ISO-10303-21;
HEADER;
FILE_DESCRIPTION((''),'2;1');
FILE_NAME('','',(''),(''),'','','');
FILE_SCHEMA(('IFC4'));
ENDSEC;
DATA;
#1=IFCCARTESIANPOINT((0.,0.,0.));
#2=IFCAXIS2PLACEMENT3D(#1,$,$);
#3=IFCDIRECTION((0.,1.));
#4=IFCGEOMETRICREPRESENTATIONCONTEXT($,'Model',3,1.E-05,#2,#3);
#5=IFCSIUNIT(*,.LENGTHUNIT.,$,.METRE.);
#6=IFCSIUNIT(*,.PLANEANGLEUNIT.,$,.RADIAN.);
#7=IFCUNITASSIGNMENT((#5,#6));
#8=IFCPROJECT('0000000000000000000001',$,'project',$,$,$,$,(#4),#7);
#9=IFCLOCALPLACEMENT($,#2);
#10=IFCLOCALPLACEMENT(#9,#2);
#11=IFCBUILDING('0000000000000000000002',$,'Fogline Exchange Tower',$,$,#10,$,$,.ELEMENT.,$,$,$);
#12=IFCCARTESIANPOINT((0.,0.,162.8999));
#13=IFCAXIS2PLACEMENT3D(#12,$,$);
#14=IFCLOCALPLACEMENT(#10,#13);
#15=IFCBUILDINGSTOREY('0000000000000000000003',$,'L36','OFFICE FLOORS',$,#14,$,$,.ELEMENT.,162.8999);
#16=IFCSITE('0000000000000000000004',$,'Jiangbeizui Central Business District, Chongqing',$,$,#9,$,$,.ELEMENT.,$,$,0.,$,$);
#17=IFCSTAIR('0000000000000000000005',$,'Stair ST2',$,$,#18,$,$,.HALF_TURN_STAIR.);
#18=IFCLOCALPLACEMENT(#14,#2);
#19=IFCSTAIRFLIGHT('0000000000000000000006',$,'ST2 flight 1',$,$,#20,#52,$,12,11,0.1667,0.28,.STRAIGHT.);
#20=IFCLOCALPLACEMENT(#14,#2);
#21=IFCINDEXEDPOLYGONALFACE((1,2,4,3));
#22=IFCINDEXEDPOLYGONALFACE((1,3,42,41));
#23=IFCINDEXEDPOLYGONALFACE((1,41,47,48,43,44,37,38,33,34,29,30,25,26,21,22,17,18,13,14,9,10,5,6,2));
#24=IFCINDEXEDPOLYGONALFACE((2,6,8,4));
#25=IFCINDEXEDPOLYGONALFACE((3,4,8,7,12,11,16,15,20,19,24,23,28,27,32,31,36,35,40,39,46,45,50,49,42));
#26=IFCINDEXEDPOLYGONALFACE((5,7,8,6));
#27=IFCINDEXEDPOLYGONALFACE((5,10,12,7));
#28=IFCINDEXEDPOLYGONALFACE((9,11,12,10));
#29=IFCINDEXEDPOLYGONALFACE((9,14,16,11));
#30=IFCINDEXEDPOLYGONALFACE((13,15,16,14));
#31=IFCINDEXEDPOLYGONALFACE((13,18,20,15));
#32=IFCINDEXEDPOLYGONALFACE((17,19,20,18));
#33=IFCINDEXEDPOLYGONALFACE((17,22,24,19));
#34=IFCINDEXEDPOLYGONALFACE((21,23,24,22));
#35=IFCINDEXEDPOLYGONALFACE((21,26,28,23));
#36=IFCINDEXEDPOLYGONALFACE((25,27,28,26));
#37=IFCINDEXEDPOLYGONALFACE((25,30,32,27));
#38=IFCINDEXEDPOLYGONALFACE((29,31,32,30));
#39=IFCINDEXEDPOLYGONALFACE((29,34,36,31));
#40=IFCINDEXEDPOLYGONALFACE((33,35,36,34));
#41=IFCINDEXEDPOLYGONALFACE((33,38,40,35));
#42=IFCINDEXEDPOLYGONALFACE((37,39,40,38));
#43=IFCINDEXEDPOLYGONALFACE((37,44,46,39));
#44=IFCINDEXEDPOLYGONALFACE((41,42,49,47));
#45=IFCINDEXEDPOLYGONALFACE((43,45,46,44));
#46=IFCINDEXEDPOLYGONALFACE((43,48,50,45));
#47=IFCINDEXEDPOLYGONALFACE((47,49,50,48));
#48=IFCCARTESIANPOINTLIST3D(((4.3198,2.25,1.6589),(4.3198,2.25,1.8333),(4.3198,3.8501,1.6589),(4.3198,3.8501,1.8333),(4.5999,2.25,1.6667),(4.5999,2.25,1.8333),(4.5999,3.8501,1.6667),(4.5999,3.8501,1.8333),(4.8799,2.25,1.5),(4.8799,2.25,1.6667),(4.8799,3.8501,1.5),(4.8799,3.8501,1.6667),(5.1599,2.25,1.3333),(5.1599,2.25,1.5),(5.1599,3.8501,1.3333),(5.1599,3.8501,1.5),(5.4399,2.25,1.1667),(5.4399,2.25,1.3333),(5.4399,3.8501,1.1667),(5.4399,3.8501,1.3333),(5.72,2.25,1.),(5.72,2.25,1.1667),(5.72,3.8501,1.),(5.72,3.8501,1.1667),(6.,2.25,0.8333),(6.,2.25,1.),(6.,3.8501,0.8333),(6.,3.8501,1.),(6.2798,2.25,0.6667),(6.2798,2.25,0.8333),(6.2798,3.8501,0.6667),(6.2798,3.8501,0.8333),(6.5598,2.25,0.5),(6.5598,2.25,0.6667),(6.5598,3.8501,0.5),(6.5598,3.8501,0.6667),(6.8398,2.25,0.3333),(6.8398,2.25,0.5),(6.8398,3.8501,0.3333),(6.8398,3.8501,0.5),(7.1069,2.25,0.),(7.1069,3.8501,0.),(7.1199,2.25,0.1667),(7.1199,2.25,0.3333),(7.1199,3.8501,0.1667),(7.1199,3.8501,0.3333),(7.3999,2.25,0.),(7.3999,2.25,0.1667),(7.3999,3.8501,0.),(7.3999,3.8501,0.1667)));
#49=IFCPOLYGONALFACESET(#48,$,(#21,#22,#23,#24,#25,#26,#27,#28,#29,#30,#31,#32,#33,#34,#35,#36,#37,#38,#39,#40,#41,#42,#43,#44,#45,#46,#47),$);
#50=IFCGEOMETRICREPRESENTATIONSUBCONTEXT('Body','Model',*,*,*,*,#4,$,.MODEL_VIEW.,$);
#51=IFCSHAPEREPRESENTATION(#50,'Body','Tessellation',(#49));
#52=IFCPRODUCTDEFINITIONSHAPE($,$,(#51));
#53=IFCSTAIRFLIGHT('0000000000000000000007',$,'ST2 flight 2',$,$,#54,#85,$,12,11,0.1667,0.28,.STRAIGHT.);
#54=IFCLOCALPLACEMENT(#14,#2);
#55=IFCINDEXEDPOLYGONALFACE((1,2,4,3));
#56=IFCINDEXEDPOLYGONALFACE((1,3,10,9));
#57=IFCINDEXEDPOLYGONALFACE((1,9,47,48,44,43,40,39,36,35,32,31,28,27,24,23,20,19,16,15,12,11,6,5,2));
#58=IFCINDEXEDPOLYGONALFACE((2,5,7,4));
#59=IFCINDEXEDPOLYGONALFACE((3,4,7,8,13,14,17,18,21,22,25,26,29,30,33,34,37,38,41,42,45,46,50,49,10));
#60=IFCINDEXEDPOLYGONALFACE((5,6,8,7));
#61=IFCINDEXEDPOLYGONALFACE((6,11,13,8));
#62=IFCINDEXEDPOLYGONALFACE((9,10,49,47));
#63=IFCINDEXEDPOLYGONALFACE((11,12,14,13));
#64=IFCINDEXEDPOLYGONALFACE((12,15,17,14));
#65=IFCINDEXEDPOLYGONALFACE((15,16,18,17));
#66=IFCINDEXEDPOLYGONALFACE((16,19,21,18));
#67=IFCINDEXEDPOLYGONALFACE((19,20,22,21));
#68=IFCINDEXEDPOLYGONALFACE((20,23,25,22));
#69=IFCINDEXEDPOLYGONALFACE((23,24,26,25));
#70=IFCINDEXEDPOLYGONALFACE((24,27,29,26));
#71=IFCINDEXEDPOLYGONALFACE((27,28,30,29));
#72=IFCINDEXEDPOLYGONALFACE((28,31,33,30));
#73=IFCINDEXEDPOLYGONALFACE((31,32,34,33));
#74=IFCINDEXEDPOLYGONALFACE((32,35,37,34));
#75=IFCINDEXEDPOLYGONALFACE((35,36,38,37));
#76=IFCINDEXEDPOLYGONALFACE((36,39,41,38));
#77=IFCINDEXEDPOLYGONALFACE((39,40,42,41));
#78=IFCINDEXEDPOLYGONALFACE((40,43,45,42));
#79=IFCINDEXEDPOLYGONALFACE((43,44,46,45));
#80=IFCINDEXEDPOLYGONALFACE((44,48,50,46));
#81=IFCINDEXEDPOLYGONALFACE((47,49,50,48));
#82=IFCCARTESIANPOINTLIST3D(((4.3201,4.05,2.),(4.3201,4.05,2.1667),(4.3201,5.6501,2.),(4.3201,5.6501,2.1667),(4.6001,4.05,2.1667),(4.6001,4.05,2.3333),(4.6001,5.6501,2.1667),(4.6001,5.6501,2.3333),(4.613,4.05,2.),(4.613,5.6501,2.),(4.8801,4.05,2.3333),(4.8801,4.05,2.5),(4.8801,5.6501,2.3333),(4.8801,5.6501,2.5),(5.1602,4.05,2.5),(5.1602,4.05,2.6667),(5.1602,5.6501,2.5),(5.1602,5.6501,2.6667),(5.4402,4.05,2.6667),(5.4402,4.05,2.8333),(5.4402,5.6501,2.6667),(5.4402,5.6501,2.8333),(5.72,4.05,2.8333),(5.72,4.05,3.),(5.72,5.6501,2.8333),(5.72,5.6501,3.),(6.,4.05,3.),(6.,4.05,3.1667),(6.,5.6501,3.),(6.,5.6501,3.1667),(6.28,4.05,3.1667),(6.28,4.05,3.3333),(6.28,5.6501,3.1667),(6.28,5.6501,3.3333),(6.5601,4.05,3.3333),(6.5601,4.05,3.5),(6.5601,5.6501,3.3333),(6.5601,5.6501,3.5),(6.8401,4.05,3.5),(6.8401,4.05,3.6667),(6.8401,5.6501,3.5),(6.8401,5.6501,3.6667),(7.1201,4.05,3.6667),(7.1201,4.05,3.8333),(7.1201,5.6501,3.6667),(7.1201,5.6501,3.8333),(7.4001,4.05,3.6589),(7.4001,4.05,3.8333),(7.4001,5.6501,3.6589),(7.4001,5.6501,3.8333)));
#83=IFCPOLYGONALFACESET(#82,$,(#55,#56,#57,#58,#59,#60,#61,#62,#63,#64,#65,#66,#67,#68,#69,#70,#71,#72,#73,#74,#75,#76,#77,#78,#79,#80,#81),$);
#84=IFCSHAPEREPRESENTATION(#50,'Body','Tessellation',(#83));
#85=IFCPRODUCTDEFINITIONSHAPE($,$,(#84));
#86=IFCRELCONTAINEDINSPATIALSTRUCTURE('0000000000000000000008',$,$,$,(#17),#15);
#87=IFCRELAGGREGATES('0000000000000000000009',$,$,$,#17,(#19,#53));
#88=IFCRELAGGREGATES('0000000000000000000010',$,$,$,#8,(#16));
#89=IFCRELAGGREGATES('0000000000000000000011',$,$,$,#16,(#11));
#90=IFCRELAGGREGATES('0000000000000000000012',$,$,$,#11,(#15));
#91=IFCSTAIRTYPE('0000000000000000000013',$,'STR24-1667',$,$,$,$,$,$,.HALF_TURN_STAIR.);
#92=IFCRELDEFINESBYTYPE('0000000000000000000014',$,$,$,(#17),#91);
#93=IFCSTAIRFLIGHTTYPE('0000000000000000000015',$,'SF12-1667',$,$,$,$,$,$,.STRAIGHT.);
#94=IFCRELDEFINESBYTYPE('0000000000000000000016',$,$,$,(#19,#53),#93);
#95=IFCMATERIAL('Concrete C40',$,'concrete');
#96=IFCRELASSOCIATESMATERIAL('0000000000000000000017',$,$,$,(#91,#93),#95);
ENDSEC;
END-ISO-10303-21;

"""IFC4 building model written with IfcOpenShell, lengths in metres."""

from ifc_helpers import new_model, si_unit, direction, frame, origin, place, context, subcontext, project, spatial, polyline, outline, extrude, material, type_object, element, aggregate, save


model = new_model("IFC4")

# Units and contexts
model_context = context("Model", 3, precision=1e-05, world=origin(), true_north=direction((0.0, 1.0)))
body_context = subcontext(model_context, "Body", "Model", "MODEL_VIEW")
ifc_project = project(units=[si_unit("LENGTHUNIT", "METRE"), si_unit("PLANEANGLEUNIT", "RADIAN")], contexts=[model_context])

# Site, building, storey
site_placement = place(None, origin())
site = spatial("IfcSite", under=ifc_project, at=site_placement, Name="Jiangbeizui Central Business District, Chongqing", CompositionType="ELEMENT", RefElevation=0.0)
building_placement = place(site_placement, origin())
building = spatial("IfcBuilding", under=site, at=building_placement, Name="Fogline Exchange Tower", CompositionType="ELEMENT")
storey_placement = place(building_placement, frame((0.0, 0.0, 162.8999)))
storey = spatial("IfcBuildingStorey", under=building, at=storey_placement, Name="L36", Description="OFFICE FLOORS", CompositionType="ELEMENT", Elevation=162.8999)

# Shared definitions
ifc_material_1 = material(Name="Concrete C40", Category="concrete")

# Stair
stair_type = type_object("IfcStairType", Name="STR24-1667", PredefinedType="HALF_TURN_STAIR", material=ifc_material_1)
stair_1_placement = place(storey_placement, origin())
stair_1 = element("IfcStair", 1, at=stair_1_placement, inside=storey, type_object=stair_type, Name="Stair ST2", PredefinedType="HALF_TURN_STAIR")

# Stair flights
stair_flight_type = type_object("IfcStairFlightType", Name="SF12-1667", PredefinedType="STRAIGHT", material=ifc_material_1)
stair_flight_1_placement = place(storey_placement, frame((7.3999, 3.05, 0.0), z_axis=(0.0, 0.0, 1.0), x_axis=(-1.0, 0.0, 0.0)))
stair_flight_1 = element("IfcStairFlight", 2, at=stair_flight_1_placement, type_object=stair_flight_type, Name="ST2 flight 1", NumberOfRisers=12, NumberOfTreads=11, PredefinedType="STRAIGHT", RiserHeight=0.1667, TreadLength=0.28, context=body_context, shape_type="SweptSolid", body=[
    extrude(outline(polyline([(0.0, 0.0), (0.0, 0.1667), (0.28, 0.1667), (0.28, 0.3333), (0.5601, 0.3333), (0.5601, 0.5), (0.8401, 0.5), (0.8401, 0.6667), (1.1201, 0.6667), (1.1201, 0.8333), (1.3999, 0.8333), (1.3999, 1.0), (1.6799, 1.0), (1.6799, 1.1667), (1.96, 1.1667), (1.96, 1.3333), (2.24, 1.3333), (2.24, 1.5), (2.52, 1.5), (2.52, 1.6667), (2.8, 1.6667), (2.8, 1.8333), (3.0801, 1.8333), (3.0801, 2.0), (3.0801, 1.6589), (0.293, 0.0), (0.0, 0.0)])), frame((0.0, 0.8, 0.0), z_axis=(0.0, -1.0, 0.0), x_axis=(1.0, 0.0, 0.0)), (0.0, 0.0, 1.0), 1.6001),
])
stair_flight_2_placement = place(storey_placement, frame((4.3201, 4.8501, 2.0), z_axis=(0.0, 0.0, 1.0), x_axis=(1.0, 0.0, 0.0)))
stair_flight_2 = element("IfcStairFlight", 3, at=stair_flight_2_placement, type_object=stair_flight_type, Name="ST2 flight 2", NumberOfRisers=12, NumberOfTreads=11, PredefinedType="STRAIGHT", RiserHeight=0.1667, TreadLength=0.28, context=body_context, shape_type="SweptSolid", body=[
    extrude(outline(polyline([(0.0, 0.0), (0.0, 0.1667), (0.28, 0.1667), (0.28, 0.3333), (0.5601, 0.3333), (0.5601, 0.5), (0.8401, 0.5), (0.8401, 0.6667), (1.1201, 0.6667), (1.1201, 0.8333), (1.3999, 0.8333), (1.3999, 1.0), (1.6799, 1.0), (1.6799, 1.1667), (1.96, 1.1667), (1.96, 1.3333), (2.24, 1.3333), (2.24, 1.5), (2.52, 1.5), (2.52, 1.6667), (2.8, 1.6667), (2.8, 1.8333), (3.0801, 1.8333), (3.0801, 2.0), (3.0801, 1.6589), (0.293, 0.0), (0.0, 0.0)])), frame((0.0, 0.8, 0.0), z_axis=(0.0, -1.0, 0.0), x_axis=(1.0, 0.0, 0.0)), (0.0, 0.0, 1.0), 1.6001),
])
aggregate(stair_1, [stair_flight_1, stair_flight_2])

save(model, "model.ifc")
